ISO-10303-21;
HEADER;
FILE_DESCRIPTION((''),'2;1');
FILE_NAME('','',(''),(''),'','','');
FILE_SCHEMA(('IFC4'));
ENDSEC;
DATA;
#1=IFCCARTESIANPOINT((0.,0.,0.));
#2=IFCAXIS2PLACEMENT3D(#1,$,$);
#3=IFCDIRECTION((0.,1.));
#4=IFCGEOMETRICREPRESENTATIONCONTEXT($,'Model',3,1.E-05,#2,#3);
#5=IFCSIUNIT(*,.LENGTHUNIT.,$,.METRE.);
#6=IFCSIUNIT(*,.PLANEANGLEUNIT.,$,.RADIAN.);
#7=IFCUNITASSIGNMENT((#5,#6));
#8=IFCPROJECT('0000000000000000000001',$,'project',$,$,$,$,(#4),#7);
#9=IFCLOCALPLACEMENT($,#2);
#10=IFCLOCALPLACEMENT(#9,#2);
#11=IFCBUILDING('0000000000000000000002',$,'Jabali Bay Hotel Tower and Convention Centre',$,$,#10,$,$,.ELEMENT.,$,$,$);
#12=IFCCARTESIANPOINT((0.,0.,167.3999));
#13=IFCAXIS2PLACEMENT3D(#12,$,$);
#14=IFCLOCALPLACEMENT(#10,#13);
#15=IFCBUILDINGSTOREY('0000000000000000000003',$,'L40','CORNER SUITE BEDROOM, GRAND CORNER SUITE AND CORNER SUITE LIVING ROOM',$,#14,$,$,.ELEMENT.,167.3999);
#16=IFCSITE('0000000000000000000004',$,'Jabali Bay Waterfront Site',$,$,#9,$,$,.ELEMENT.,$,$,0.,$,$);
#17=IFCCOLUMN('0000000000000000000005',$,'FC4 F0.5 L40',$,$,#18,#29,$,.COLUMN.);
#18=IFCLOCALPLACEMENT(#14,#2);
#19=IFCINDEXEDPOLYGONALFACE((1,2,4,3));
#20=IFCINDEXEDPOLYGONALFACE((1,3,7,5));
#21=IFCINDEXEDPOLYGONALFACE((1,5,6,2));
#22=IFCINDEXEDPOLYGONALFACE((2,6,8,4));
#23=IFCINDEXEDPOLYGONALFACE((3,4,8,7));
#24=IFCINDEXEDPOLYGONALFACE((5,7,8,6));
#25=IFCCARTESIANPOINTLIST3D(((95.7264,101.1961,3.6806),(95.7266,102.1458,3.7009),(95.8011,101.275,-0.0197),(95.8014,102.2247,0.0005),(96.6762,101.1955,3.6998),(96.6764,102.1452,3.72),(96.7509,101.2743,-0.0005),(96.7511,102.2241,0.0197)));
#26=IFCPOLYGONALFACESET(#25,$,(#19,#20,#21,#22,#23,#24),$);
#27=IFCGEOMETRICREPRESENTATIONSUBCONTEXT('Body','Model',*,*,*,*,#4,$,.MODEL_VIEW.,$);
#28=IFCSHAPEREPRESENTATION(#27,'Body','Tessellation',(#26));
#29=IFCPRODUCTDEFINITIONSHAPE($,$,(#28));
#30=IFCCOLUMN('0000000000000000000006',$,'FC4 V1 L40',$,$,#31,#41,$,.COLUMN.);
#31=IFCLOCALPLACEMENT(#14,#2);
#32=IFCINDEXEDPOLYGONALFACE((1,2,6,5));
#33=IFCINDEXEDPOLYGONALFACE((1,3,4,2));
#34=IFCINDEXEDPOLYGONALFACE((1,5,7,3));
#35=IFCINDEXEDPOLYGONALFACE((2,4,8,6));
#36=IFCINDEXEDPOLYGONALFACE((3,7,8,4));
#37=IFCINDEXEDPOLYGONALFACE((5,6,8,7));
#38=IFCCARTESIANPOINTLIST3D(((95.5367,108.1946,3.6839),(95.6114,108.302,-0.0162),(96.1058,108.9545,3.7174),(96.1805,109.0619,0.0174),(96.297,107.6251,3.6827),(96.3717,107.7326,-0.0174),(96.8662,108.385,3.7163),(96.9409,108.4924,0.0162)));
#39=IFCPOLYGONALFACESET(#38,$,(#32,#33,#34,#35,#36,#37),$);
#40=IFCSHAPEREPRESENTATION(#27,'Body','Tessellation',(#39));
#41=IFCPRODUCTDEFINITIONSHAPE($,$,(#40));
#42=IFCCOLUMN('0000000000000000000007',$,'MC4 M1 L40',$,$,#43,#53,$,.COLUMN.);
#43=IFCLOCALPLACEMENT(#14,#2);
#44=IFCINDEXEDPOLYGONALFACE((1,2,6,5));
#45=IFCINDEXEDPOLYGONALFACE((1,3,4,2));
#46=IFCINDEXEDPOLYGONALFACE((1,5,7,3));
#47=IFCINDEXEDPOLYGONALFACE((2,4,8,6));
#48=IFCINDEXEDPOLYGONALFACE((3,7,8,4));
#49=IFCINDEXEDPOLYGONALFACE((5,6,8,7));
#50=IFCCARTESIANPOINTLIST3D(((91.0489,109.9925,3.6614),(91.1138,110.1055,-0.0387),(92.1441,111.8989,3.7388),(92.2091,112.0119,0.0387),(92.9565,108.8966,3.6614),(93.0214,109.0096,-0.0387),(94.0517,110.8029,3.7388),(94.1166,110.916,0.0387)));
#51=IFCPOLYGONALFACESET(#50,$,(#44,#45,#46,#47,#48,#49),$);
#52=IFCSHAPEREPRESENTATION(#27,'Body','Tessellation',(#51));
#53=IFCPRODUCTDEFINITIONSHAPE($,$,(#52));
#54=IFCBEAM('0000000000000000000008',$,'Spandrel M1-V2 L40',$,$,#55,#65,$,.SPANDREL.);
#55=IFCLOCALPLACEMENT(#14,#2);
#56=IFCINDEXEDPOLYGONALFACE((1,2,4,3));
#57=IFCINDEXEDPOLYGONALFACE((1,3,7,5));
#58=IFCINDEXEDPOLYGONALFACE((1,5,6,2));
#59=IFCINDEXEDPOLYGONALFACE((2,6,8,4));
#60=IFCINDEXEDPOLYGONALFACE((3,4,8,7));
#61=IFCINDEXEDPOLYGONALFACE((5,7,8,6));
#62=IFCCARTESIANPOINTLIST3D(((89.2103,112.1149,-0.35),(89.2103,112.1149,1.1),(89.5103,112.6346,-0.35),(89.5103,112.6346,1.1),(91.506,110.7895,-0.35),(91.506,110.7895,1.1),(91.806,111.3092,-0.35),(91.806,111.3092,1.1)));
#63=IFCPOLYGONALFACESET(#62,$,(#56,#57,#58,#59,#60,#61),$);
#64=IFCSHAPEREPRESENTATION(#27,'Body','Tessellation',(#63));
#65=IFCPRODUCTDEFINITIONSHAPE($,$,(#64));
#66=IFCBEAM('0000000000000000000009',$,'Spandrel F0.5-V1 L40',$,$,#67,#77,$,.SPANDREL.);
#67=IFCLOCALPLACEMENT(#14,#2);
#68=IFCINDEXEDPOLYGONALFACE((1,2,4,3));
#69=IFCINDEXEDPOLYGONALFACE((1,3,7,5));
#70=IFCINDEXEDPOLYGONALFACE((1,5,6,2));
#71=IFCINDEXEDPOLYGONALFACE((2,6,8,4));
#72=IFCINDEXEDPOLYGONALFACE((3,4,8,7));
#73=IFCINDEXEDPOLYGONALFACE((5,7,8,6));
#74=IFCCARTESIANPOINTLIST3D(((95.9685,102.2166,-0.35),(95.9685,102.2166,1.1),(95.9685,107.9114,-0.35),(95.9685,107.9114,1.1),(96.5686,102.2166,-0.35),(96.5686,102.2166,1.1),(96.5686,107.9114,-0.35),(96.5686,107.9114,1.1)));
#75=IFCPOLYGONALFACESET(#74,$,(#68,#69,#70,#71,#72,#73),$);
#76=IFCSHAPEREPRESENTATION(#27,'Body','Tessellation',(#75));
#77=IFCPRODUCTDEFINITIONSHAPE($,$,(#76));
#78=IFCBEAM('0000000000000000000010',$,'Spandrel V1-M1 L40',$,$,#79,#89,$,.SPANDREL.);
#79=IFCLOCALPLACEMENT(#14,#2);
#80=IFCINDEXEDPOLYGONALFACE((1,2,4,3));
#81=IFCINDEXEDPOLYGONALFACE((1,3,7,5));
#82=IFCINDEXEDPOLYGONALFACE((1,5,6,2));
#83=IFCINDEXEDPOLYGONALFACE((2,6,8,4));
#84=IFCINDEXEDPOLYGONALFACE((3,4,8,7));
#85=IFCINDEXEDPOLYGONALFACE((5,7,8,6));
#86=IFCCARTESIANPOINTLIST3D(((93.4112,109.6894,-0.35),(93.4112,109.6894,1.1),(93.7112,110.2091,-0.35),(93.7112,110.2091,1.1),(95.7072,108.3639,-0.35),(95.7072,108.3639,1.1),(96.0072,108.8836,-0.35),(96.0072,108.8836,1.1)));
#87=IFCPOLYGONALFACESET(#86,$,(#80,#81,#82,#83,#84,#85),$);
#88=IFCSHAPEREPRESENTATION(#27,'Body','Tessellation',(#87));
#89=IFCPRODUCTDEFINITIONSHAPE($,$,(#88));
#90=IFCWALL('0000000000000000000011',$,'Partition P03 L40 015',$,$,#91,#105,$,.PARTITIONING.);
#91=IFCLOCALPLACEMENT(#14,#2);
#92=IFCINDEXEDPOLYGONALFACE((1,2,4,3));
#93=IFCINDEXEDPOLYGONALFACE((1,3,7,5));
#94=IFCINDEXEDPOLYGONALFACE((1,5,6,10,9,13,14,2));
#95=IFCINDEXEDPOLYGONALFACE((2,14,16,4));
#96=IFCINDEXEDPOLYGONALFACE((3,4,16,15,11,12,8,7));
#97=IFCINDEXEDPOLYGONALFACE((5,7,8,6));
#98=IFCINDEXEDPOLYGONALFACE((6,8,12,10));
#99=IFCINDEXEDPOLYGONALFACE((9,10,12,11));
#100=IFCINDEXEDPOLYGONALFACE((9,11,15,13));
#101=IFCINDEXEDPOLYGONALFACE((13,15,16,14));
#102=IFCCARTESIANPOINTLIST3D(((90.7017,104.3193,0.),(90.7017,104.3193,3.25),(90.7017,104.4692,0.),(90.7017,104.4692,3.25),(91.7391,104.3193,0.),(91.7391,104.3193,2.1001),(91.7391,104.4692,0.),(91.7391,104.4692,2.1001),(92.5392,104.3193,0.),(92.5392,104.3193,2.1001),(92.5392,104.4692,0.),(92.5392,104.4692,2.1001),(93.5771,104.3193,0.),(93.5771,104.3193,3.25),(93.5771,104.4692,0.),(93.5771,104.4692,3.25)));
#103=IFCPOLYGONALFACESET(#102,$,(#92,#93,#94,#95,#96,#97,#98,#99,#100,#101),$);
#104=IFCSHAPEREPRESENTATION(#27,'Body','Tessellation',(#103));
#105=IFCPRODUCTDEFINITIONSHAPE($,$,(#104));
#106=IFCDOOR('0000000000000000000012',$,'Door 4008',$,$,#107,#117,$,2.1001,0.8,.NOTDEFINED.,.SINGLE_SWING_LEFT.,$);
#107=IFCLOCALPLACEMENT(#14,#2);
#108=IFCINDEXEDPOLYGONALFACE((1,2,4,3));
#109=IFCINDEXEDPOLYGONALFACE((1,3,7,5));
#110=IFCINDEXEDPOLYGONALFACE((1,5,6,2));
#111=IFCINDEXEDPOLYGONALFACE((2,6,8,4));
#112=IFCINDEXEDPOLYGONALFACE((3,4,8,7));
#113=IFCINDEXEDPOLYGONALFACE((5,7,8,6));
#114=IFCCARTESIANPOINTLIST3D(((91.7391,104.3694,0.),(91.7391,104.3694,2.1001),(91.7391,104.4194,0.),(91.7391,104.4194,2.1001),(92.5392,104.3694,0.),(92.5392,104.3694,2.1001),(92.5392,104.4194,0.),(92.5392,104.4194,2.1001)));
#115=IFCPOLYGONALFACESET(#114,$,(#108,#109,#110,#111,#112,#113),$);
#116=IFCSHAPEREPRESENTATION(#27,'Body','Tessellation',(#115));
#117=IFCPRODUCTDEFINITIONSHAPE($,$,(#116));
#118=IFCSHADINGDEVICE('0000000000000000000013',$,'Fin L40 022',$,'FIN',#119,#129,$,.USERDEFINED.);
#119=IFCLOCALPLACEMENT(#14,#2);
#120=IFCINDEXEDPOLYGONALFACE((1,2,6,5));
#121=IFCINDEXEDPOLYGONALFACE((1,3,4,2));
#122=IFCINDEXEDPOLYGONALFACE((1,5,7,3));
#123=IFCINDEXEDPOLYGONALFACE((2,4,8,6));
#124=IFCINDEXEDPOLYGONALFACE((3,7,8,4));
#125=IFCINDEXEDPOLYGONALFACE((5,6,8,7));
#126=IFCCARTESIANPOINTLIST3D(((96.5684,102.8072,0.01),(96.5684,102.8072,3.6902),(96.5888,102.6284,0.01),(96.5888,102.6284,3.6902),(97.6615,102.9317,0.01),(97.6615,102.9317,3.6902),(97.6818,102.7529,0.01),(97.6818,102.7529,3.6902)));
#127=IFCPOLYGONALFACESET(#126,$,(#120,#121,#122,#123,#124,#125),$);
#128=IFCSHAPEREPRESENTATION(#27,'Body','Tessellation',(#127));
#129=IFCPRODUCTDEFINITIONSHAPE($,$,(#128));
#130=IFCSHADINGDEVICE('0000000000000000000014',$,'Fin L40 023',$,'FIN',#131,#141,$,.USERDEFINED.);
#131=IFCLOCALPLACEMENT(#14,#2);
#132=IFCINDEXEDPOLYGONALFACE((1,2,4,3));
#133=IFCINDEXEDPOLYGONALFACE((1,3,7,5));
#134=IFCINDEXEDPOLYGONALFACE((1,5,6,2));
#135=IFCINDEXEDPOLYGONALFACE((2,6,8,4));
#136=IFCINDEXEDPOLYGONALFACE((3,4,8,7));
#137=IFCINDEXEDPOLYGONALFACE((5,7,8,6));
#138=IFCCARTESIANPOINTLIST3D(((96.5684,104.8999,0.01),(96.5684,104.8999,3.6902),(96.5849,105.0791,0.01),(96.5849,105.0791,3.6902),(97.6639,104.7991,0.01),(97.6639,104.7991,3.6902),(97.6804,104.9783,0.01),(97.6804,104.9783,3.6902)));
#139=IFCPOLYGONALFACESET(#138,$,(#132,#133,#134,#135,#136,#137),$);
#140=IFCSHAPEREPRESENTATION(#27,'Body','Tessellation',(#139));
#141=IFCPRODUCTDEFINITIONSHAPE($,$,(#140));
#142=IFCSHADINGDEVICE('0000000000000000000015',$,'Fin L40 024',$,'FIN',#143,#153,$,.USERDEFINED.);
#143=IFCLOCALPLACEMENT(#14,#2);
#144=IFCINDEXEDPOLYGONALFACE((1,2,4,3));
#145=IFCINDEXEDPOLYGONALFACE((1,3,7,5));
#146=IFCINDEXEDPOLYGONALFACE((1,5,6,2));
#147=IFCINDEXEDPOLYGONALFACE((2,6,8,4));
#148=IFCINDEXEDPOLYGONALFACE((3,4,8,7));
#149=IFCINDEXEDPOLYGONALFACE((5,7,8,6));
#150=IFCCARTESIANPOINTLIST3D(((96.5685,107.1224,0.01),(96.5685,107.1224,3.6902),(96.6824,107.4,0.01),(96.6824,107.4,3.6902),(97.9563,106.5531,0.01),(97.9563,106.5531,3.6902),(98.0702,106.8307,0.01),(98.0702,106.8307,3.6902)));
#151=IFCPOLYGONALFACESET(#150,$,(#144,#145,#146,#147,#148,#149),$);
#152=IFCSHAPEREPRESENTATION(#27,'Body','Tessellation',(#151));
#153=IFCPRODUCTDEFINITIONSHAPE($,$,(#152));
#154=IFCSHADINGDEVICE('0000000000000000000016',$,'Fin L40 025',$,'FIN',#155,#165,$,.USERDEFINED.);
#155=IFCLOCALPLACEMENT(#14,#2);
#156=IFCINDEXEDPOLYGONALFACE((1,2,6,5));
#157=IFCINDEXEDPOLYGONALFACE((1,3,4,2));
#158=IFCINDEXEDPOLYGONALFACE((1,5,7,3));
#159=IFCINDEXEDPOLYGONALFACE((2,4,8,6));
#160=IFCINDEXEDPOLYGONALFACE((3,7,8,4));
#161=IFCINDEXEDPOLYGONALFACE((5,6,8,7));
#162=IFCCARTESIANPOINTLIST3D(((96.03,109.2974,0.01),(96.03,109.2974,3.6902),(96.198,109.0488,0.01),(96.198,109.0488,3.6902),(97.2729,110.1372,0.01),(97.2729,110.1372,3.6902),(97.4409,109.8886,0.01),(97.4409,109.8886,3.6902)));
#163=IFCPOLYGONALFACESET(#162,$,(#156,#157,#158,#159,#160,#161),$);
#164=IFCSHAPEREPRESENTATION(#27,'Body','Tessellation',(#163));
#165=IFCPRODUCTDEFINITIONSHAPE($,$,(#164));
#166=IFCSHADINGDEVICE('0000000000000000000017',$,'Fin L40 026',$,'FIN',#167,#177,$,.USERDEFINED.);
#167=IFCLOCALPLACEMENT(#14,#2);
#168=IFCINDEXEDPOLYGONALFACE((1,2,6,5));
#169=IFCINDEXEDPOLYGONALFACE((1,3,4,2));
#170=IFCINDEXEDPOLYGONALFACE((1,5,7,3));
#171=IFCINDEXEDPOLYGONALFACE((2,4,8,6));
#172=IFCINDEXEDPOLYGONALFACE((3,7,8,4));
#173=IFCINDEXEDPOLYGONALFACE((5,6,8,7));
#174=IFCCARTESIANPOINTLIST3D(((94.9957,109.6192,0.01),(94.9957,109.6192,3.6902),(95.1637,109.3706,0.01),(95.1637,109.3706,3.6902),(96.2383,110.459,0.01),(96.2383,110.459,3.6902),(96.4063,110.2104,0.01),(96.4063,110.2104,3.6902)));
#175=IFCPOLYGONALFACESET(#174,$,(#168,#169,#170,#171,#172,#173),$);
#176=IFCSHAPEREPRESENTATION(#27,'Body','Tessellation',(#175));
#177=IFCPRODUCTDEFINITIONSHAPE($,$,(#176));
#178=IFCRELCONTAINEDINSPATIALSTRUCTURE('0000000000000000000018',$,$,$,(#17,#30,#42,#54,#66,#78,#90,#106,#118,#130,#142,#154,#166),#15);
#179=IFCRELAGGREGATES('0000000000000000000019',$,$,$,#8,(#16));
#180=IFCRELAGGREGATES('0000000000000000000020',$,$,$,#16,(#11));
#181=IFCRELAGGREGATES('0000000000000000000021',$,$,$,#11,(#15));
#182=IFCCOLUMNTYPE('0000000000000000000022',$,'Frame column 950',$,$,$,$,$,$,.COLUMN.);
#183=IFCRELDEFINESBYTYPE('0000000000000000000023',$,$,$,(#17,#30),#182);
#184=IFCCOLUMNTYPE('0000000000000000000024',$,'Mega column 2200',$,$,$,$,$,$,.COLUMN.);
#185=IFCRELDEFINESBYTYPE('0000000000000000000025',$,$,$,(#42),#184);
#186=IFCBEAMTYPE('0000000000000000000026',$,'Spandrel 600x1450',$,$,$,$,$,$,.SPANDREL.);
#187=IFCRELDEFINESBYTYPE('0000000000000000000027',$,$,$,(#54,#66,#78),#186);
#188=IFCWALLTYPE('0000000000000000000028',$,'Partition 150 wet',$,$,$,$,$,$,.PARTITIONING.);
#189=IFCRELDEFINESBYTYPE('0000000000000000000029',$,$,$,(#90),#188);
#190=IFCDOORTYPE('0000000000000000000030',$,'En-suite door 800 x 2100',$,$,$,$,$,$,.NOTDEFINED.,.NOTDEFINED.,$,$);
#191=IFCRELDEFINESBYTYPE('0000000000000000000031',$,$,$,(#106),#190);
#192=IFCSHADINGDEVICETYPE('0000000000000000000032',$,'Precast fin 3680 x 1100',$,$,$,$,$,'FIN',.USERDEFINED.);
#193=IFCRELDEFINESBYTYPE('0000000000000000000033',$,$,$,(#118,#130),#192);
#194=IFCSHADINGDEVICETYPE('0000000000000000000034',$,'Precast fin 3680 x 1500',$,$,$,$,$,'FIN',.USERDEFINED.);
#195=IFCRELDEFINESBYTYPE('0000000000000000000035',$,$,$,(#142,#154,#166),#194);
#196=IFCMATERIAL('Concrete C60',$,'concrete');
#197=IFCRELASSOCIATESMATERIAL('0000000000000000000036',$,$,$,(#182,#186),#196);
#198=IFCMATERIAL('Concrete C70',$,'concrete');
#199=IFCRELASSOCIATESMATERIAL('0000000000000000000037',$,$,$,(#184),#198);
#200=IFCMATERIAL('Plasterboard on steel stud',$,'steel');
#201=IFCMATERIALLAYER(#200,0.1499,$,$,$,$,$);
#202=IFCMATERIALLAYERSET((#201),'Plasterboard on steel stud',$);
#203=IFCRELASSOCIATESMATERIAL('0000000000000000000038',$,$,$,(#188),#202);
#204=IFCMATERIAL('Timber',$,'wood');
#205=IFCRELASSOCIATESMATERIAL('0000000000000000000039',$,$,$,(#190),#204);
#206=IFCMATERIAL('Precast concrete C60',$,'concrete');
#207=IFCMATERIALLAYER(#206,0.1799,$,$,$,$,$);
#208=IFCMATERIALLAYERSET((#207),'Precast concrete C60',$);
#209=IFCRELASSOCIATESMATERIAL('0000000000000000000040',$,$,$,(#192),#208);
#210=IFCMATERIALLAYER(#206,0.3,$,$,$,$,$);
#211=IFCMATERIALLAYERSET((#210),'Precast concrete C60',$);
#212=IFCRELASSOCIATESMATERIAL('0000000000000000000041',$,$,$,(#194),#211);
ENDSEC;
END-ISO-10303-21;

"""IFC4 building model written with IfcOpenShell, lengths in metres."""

from ifc_helpers import new_model, si_unit, direction, frame, frame_2d, origin, origin_2d, place, context, subcontext, project, spatial, rectangle, extrude, material, layer, layer_set, material_profile, profile_set, type_object, element, fill, save


model = new_model("IFC4")

# Units and contexts
model_context = context("Model", 3, precision=1e-05, world=origin(), true_north=direction((0.0, 1.0)))
body_context = subcontext(model_context, "Body", "Model", "MODEL_VIEW")
ifc_project = project(units=[si_unit("LENGTHUNIT", "METRE"), si_unit("PLANEANGLEUNIT", "RADIAN")], contexts=[model_context])

# Site, building, storey
site_placement = place(None, origin())
site = spatial("IfcSite", under=ifc_project, at=site_placement, Name="Jabali Bay Waterfront Site", CompositionType="ELEMENT", RefElevation=0.0)
building_placement = place(site_placement, origin())
building = spatial("IfcBuilding", under=site, at=building_placement, Name="Jabali Bay Hotel Tower and Convention Centre", CompositionType="ELEMENT")
storey_placement = place(building_placement, frame((0.0, 0.0, 167.3999)))
storey = spatial("IfcBuildingStorey", under=building, at=storey_placement, Name="L40", Description="CORNER SUITE BEDROOM, GRAND CORNER SUITE AND CORNER SUITE LIVING ROOM", CompositionType="ELEMENT", Elevation=167.3999)

# Columns
ifc_material_1 = material(Name="Concrete C60", Category="concrete")
ifc_material_profile_1 = material_profile(ifc_material_1, rectangle(XDim=0.95, YDim=0.95, at=origin_2d()), Name="Frame column 950")
ifc_profile_set_1 = profile_set([ifc_material_profile_1], Name="Concrete C60")
column_type_1 = type_object("IfcColumnType", Name="Frame column 950", PredefinedType="COLUMN", material=ifc_profile_set_1)
column_1_placement = place(storey_placement, frame((96.2761, 101.7495, 0.0), z_axis=(-0.020181, -0.021303, 0.999569), x_axis=(0.999796, -0.000658, 0.020172)))
element("IfcColumn", 1, at=column_1_placement, inside=storey, type_object=column_type_1, Name="FC4 F0.5 L40", PredefinedType="COLUMN", context=body_context, shape_type="SweptSolid", body=[
    extrude(rectangle(XDim=0.95, YDim=0.95, at=origin_2d()), origin(), (0.0, 0.0, 1.0), 3.7019),
])
column_2_placement = place(storey_placement, frame((96.2761, 108.3972, 0.0), z_axis=(-0.020177, -0.029013, 0.999375), x_axis=(0.599123, 0.799878, 0.035318)))
element("IfcColumn", 2, at=column_2_placement, inside=storey, type_object=column_type_1, Name="FC4 V1 L40", PredefinedType="COLUMN", context=body_context, shape_type="SweptSolid", body=[
    extrude(rectangle(XDim=0.95, YDim=0.95, at=origin_2d()), origin(), (0.0, 0.0, 1.0), 3.7024),
])
ifc_material_2 = material(Name="Concrete C70", Category="concrete")
ifc_material_profile_2 = material_profile(ifc_material_2, rectangle(XDim=2.2, YDim=2.2, at=origin_2d()), Name="Mega column 2200")
ifc_profile_set_2 = profile_set([ifc_material_profile_2], Name="Concrete C70")
column_type_2 = type_object("IfcColumnType", Name="Mega column 2200", PredefinedType="COLUMN", material=ifc_profile_set_2)
column_3_placement = place(storey_placement, frame((92.6152, 110.5107, 0.0), z_axis=(-0.01754, -0.03053, 0.99938), x_axis=(0.867088, -0.498154, 0.0)))
element("IfcColumn", 3, at=column_3_placement, inside=storey, type_object=column_type_2, Name="MC4 M1 L40", PredefinedType="COLUMN", context=body_context, shape_type="SweptSolid", body=[
    extrude(rectangle(XDim=2.2, YDim=2.2, at=origin_2d()), origin(), (0.0, 0.0, 1.0), 3.7024),
])

# Beams
ifc_material_profile_3 = material_profile(ifc_material_1, rectangle(XDim=0.6001, YDim=1.45, at=origin_2d()), Name="Spandrel 600x1450")
ifc_profile_set_3 = profile_set([ifc_material_profile_3], Name="Concrete C60")
beam_type = type_object("IfcBeamType", Name="Spandrel 600x1450", PredefinedType="SPANDREL", material=ifc_profile_set_3)
beam_1_placement = place(storey_placement, frame((91.656, 111.0493, 0.375), z_axis=(-0.866018, 0.500012, 0.0), x_axis=(-0.500012, -0.866018, 0.0)))
element("IfcBeam", 4, at=beam_1_placement, inside=storey, type_object=beam_type, Name="Spandrel M1-V2 L40", PredefinedType="SPANDREL", context=body_context, shape_type="SweptSolid", body=[
    extrude(rectangle(XDim=0.6001, YDim=1.45, at=origin_2d()), origin(), (0.0, 0.0, 1.0), 2.6509),
])
beam_2_placement = place(storey_placement, frame((96.2686, 102.2166, 0.375), z_axis=(0.0, 1.0, 0.0), x_axis=(-1.0, 0.0, 0.0)))
element("IfcBeam", 5, at=beam_2_placement, inside=storey, type_object=beam_type, Name="Spandrel F0.5-V1 L40", PredefinedType="SPANDREL", context=body_context, shape_type="SweptSolid", body=[
    extrude(rectangle(XDim=0.6001, YDim=1.45, at=origin_2d()), origin(), (0.0, 0.0, 1.0), 5.6948),
])
beam_3_placement = place(storey_placement, frame((95.8572, 108.6238, 0.375), z_axis=(-0.866041, 0.499972, 0.0), x_axis=(-0.499972, -0.866041, 0.0)))
element("IfcBeam", 6, at=beam_3_placement, inside=storey, type_object=beam_type, Name="Spandrel V1-M1 L40", PredefinedType="SPANDREL", context=body_context, shape_type="SweptSolid", body=[
    extrude(rectangle(XDim=0.6001, YDim=1.45, at=origin_2d()), origin(), (0.0, 0.0, 1.0), 2.6511),
])

# Wall, opening, door
ifc_material_3 = material(Name="Plasterboard on steel stud", Category="steel")
ifc_layer_1 = layer(ifc_material_3, 0.1499)
ifc_layer_set_1 = layer_set([ifc_layer_1], Name="Plasterboard on steel stud")
wall_type_1 = type_object("IfcWallType", Name="Partition 150 wet", PredefinedType="PARTITIONING", material=ifc_layer_set_1)
wall_1_placement = place(storey_placement, frame((93.5771, 104.3943, 0.0), z_axis=(0.0, 0.0, 1.0), x_axis=(-1.0, 0.0, 0.0)))
wall_1 = element("IfcWall", 7, at=wall_1_placement, inside=storey, type_object=wall_type_1, Name="Partition P03 L40 015", PredefinedType="PARTITIONING", context=body_context, shape_type="SweptSolid", body=[
    extrude(rectangle(XDim=2.8755, YDim=0.1499, at=frame_2d((1.4377, 0.0))), origin(), (0.0, 0.0, 1.0), 3.25),
])
opening_1_placement = place(wall_1_placement, frame((1.0381, 0.0, 0.0)))
opening_1 = element("IfcOpeningElement", 8, at=opening_1_placement, cuts=wall_1, PredefinedType="OPENING", context=body_context, shape_type="SweptSolid", body=[
    extrude(rectangle(XDim=0.8, YDim=2.1001, at=frame_2d((0.3999, 1.05))), frame((0.0, 0.0854, 0.0), z_axis=(0.0, -1.0, 0.0), x_axis=(1.0, 0.0, 0.0)), (0.0, 0.0, 1.0), 0.1709),
])
ifc_material_4 = material(Name="Timber", Category="wood")
door_type_1 = type_object("IfcDoorType", Name="En-suite door 800 x 2100", OperationType="NOTDEFINED", PredefinedType="NOTDEFINED", material=ifc_material_4)
door_1_placement = place(opening_1_placement, origin())
door_1 = element("IfcDoor", 9, at=door_1_placement, inside=storey, type_object=door_type_1, Name="Door 4008", OperationType="SINGLE_SWING_LEFT", OverallHeight=2.1001, OverallWidth=0.8, PredefinedType="NOTDEFINED", context=body_context, shape_type="SweptSolid", body=[
    extrude(rectangle(XDim=0.8, YDim=2.1001, at=frame_2d((0.3999, 1.05))), frame((0.0, 0.0249, 0.0), z_axis=(0.0, -1.0, 0.0), x_axis=(1.0, 0.0, 0.0)), (0.0, 0.0, 1.0), 0.05),
])
fill(opening_1, door_1)

# Shading devices
ifc_material_5 = material(Name="Precast concrete C60", Category="concrete")
ifc_layer_2 = layer(ifc_material_5, 0.1799)
ifc_layer_set_2 = layer_set([ifc_layer_2], Name="Precast concrete C60")
shading_device_type_1 = type_object("IfcShadingDeviceType", Name="Precast fin 3680 x 1100", ElementType="FIN", PredefinedType="USERDEFINED", material=ifc_layer_set_2)
for number, where, z_axis, x_axis, name in (
    (10, (96.5786, 102.7178, 0.01), (0.0, 0.0, 1.0), (0.993574, 0.113184, 0.0), "Fin L40 022"),
    (11, (96.5767, 104.9895, 0.01), (0.0, 0.0, 1.0), (0.995791, -0.091656, 0.0), "Fin L40 023"),
):
    element("IfcShadingDevice", number, at=place(storey_placement, frame(where, z_axis=z_axis, x_axis=x_axis)), inside=storey, type_object=shading_device_type_1, Name=name, ObjectType="FIN", PredefinedType="USERDEFINED", context=body_context, shape_type="SweptSolid", body=[
        extrude(rectangle(XDim=1.1001, YDim=0.1799, at=frame_2d((0.55, 0.0))), origin(), (0.0, 0.0, 1.0), 3.6802),
    ])
ifc_layer_3 = layer(ifc_material_5, 0.3)
ifc_layer_set_3 = layer_set([ifc_layer_3], Name="Precast concrete C60")
shading_device_type_2 = type_object("IfcShadingDeviceType", Name="Precast fin 3680 x 1500", ElementType="FIN", PredefinedType="USERDEFINED", material=ifc_layer_set_3)
for number, where, z_axis, x_axis, name in (
    (12, (96.6255, 107.2612, 0.01), (0.0, 0.0, 1.0), (0.925163, -0.379571, 0.0), "Fin L40 024"),
    (13, (96.114, 109.1731, 0.01), (0.0, 0.0, 1.0), (0.828579, 0.559873, 0.0), "Fin L40 025"),
):
    element("IfcShadingDevice", number, at=place(storey_placement, frame(where, z_axis=z_axis, x_axis=x_axis)), inside=storey, type_object=shading_device_type_2, Name=name, ObjectType="FIN", PredefinedType="USERDEFINED", context=body_context, shape_type="SweptSolid", body=[
        extrude(rectangle(XDim=1.5, YDim=0.3, at=frame_2d((0.75, 0.0))), origin(), (0.0, 0.0, 1.0), 3.6802),
    ])
shading_device_1_placement = place(storey_placement, frame((95.0796, 109.4949, 0.01), z_axis=(0.0, 0.0, 1.0), x_axis=(0.828528, 0.559948, 0.0)))
element("IfcShadingDevice", 14, at=shading_device_1_placement, inside=storey, type_object=shading_device_type_2, Name="Fin L40 026", ObjectType="FIN", PredefinedType="USERDEFINED", context=body_context, shape_type="SweptSolid", body=[
    extrude(rectangle(XDim=1.4998, YDim=0.3, at=frame_2d((0.75, 0.0))), origin(), (0.0, 0.0, 1.0), 3.6802),
])

save(model, "model.ifc")
